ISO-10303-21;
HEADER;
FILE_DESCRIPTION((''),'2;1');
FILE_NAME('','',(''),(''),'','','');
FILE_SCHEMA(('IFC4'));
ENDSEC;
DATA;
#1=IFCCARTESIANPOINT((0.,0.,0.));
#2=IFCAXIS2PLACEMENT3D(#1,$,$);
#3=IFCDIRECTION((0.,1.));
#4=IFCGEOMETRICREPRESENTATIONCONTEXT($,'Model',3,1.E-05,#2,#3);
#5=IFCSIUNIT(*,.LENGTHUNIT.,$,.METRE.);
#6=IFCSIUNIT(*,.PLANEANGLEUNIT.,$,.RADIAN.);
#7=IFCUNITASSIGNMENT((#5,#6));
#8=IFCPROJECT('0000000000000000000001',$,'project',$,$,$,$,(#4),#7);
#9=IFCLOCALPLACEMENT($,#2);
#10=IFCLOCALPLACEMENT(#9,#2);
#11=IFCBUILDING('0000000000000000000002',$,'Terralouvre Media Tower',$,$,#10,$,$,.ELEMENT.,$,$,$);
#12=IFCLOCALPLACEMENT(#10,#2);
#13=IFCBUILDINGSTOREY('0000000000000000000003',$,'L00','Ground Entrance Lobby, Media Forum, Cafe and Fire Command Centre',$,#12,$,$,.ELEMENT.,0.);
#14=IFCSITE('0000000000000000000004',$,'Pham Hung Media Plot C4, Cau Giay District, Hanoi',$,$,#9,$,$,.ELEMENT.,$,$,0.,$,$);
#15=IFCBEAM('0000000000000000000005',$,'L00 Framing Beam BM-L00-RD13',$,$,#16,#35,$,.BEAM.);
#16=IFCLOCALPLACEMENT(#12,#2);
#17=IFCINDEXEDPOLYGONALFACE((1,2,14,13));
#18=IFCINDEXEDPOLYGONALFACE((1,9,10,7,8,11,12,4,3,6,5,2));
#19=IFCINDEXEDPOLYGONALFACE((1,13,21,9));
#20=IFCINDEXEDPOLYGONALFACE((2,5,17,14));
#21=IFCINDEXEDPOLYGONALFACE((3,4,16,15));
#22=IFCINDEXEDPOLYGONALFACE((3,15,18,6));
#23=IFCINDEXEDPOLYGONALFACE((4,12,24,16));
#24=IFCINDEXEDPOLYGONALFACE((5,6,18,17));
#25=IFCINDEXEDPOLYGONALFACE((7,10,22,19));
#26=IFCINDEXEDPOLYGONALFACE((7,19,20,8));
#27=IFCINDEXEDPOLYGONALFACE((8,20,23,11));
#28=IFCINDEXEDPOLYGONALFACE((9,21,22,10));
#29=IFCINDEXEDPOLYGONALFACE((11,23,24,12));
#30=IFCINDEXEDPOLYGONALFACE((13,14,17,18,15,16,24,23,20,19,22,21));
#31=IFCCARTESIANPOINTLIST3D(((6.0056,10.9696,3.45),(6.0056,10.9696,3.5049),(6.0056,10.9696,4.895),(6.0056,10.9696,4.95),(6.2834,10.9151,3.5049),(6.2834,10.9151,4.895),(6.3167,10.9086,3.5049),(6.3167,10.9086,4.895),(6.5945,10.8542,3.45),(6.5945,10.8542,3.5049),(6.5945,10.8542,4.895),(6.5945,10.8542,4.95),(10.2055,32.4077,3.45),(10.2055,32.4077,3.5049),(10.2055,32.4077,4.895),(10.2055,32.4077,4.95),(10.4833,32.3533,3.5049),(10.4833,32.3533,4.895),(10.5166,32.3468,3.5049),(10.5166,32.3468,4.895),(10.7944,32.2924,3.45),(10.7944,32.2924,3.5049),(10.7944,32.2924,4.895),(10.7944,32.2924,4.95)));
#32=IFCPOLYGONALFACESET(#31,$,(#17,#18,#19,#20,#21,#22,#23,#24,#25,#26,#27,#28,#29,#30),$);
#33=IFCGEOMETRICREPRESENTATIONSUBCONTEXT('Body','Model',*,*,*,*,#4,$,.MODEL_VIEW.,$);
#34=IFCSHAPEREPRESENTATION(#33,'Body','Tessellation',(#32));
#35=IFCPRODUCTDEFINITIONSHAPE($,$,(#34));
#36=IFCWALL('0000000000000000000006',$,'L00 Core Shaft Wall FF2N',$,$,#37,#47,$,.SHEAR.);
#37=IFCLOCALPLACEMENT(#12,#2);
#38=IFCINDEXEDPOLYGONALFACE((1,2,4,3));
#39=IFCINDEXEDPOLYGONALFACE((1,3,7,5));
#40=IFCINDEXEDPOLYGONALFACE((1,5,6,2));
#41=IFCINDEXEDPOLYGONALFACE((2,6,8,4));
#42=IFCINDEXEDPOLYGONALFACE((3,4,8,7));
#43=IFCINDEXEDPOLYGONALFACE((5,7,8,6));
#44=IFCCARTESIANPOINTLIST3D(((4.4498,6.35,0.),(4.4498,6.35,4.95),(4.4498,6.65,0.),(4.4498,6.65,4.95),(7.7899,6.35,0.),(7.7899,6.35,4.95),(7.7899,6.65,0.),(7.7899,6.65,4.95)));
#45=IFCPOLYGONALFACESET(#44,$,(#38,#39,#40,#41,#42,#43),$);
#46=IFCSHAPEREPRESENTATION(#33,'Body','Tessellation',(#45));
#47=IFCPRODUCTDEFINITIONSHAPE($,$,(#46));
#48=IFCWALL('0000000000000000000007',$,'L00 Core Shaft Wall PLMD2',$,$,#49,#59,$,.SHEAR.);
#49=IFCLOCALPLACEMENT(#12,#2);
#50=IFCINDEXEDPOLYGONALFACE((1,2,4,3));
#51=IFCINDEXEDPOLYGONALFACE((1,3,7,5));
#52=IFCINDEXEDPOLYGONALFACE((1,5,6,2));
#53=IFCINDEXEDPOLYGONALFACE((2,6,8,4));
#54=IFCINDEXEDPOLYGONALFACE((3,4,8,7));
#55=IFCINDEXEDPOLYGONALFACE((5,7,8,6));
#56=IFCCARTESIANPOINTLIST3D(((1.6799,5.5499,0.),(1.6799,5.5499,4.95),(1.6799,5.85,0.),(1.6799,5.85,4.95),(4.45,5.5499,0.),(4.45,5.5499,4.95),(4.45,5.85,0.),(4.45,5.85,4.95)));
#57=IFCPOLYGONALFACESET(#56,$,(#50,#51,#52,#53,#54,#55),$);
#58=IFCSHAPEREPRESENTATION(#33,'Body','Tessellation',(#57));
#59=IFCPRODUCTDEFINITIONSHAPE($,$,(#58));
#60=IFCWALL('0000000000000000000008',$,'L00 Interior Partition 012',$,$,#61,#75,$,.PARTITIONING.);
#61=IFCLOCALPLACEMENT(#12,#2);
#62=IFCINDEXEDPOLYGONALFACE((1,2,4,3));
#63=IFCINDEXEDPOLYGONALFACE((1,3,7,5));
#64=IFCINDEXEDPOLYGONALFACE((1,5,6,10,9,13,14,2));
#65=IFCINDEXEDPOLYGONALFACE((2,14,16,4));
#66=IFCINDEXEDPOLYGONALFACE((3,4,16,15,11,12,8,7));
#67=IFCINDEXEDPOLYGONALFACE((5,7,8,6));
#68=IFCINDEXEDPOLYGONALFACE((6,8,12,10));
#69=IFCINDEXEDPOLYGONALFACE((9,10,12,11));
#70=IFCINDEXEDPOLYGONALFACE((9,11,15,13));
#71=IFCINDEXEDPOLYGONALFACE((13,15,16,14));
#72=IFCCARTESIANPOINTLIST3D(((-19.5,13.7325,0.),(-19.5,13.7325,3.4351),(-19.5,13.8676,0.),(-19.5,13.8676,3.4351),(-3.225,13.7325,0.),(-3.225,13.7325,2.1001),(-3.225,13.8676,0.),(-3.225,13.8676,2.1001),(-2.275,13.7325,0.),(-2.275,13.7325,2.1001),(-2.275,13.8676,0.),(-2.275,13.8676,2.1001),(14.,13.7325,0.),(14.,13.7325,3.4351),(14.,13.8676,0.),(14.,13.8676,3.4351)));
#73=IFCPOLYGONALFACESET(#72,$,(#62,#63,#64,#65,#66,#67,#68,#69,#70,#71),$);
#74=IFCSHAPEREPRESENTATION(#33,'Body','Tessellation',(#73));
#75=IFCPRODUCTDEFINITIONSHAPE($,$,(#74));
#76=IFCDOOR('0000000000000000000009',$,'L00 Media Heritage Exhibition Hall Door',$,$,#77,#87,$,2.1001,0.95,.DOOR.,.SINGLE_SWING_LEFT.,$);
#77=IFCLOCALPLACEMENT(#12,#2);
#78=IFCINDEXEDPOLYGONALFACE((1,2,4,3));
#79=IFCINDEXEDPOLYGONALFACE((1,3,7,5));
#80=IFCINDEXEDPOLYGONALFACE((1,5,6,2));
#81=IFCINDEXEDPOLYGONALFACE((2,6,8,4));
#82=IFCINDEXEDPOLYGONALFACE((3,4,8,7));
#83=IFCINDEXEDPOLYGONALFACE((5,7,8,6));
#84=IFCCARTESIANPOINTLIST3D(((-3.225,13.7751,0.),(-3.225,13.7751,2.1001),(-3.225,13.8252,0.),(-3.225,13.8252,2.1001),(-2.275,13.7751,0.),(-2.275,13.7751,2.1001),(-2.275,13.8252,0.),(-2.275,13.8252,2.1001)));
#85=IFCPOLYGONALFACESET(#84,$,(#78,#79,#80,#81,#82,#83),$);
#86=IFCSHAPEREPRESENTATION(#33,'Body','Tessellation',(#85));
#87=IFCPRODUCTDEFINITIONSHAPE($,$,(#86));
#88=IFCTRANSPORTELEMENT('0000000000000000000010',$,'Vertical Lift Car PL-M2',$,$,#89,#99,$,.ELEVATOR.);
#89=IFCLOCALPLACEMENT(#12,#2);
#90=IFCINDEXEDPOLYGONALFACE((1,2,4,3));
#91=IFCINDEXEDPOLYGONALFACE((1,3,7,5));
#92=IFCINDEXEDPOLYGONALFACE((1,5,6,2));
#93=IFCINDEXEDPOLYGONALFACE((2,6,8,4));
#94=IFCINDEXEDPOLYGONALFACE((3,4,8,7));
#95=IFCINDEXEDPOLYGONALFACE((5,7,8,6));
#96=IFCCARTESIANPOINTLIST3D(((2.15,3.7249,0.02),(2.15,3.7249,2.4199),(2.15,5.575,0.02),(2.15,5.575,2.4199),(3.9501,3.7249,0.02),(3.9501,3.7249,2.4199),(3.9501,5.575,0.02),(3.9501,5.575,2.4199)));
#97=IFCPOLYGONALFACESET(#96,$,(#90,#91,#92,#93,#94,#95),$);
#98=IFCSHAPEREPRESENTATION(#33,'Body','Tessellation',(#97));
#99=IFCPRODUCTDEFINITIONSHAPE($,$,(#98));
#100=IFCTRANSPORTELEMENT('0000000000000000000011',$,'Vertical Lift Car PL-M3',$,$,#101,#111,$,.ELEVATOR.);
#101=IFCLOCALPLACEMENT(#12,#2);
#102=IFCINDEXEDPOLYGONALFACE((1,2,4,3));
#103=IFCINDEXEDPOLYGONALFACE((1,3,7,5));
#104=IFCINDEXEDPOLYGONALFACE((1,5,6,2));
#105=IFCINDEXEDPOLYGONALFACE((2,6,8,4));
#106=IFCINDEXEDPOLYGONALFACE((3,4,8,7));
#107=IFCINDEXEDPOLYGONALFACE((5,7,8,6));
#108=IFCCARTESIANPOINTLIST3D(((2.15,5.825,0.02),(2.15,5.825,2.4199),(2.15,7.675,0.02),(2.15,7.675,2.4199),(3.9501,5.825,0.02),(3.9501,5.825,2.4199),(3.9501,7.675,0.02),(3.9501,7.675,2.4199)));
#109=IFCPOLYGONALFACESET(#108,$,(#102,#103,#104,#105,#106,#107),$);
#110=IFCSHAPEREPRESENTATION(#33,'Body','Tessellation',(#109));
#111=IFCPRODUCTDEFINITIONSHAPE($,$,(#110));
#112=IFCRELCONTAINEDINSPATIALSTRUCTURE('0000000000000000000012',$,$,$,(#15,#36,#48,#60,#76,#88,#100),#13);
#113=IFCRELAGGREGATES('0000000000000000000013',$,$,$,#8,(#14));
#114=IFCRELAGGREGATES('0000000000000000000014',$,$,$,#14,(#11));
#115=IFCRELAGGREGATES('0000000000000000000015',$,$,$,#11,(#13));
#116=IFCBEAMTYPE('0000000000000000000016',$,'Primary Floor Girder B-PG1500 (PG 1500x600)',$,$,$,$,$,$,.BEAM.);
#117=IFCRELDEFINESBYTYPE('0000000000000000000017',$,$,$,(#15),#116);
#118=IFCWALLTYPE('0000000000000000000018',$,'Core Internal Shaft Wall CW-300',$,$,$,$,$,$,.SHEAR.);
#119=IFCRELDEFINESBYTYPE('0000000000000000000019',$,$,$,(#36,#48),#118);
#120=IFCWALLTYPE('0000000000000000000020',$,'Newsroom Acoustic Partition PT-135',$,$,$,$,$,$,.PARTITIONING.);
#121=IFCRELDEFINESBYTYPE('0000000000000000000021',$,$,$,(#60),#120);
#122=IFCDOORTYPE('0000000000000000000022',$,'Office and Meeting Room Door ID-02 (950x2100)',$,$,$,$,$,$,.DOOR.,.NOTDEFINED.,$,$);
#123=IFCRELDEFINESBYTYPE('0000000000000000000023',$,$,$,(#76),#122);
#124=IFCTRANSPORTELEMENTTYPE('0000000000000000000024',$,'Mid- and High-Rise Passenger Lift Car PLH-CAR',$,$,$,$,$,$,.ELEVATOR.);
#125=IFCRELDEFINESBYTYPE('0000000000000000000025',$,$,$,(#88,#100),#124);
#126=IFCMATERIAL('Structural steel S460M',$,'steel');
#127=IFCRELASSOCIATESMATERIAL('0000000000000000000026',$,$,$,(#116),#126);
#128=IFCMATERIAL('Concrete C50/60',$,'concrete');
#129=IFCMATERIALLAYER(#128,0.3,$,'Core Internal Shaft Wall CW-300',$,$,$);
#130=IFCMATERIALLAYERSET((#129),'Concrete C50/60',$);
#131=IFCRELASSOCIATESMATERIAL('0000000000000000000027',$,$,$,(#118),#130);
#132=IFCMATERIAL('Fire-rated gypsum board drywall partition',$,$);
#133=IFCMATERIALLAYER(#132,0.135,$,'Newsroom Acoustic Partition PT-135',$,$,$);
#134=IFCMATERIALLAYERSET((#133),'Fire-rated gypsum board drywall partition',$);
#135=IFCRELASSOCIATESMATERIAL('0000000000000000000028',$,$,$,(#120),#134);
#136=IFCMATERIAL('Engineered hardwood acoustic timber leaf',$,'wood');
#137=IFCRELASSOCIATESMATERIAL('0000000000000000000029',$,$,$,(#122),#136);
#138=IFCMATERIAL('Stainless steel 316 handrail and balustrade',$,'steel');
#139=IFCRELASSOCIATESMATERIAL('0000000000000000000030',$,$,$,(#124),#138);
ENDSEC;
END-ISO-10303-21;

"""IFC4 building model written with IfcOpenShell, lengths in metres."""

from ifc_helpers import new_model, si_unit, direction, frame, frame_2d, origin, origin_2d, place, context, subcontext, project, spatial, rectangle, i_section, extrude, material, layer, layer_set, material_profile, profile_set, type_object, element, fill, save


model = new_model("IFC4")

# Units and contexts
model_context = context("Model", 3, precision=1e-05, world=origin(), true_north=direction((0.0, 1.0)))
body_context = subcontext(model_context, "Body", "Model", "MODEL_VIEW")
ifc_project = project(units=[si_unit("LENGTHUNIT", "METRE"), si_unit("PLANEANGLEUNIT", "RADIAN")], contexts=[model_context])

# Site, building, storey
site_placement = place(None, origin())
site = spatial("IfcSite", under=ifc_project, at=site_placement, Name="Pham Hung Media Plot C4, Cau Giay District, Hanoi", CompositionType="ELEMENT", RefElevation=0.0)
building_placement = place(site_placement, origin())
building = spatial("IfcBuilding", under=site, at=building_placement, Name="Terralouvre Media Tower", CompositionType="ELEMENT")
storey_placement = place(building_placement, origin())
storey = spatial("IfcBuildingStorey", under=building, at=storey_placement, Name="L00", Description="Ground Entrance Lobby, Media Forum, Cafe and Fire Command Centre", CompositionType="ELEMENT", Elevation=0.0)

# Beam
ifc_material_1 = material(Name="Structural steel S460M", Category="steel")
ifc_material_profile_1 = material_profile(ifc_material_1, i_section(OverallWidth=0.6001, OverallDepth=1.5, WebThickness=0.0339, FlangeThickness=0.0549, at=origin_2d()), Name="PG 1500x600")
ifc_profile_set_1 = profile_set([ifc_material_profile_1], Name="Structural steel S460M")
beam_type_1 = type_object("IfcBeamType", Name="Primary Floor Girder B-PG1500 (PG 1500x600)", PredefinedType="BEAM", material=ifc_profile_set_1)
beam_1_placement = place(storey_placement, frame((6.3, 10.9119, 4.2), z_axis=(0.192255, 0.981345, 0.0), x_axis=(-0.981345, 0.192255, 0.0)))
element("IfcBeam", 1, at=beam_1_placement, inside=storey, type_object=beam_type_1, Name="L00 Framing Beam BM-L00-RD13", PredefinedType="BEAM", context=body_context, shape_type="SweptSolid", body=[
    extrude(i_section(OverallWidth=0.6001, OverallDepth=1.5, WebThickness=0.0339, FlangeThickness=0.0549, at=origin_2d()), origin(), (0.0, 0.0, 1.0), 21.8457),
])

# Walls
ifc_material_2 = material(Name="Concrete C50/60", Category="concrete")
ifc_layer_1 = layer(ifc_material_2, 0.3, Name="Core Internal Shaft Wall CW-300")
ifc_layer_set_1 = layer_set([ifc_layer_1], Name="Concrete C50/60")
wall_type_1 = type_object("IfcWallType", Name="Core Internal Shaft Wall CW-300", PredefinedType="SHEAR", material=ifc_layer_set_1)
wall_1_placement = place(storey_placement, frame((4.45, 6.5, 0.0), z_axis=(0.0, 0.0, 1.0), x_axis=(1.0, 0.0, 0.0)))
element("IfcWall", 2, at=wall_1_placement, inside=storey, type_object=wall_type_1, Name="L00 Core Shaft Wall FF2N", PredefinedType="SHEAR", context=body_context, shape_type="SweptSolid", body=[
    extrude(rectangle(XDim=3.3401, YDim=0.3, at=frame_2d((1.6699, 0.0))), origin(), (0.0, 0.0, 1.0), 4.95),
])
wall_2_placement = place(storey_placement, frame((1.6799, 5.7, 0.0), z_axis=(0.0, 0.0, 1.0), x_axis=(1.0, 0.0, 0.0)))
element("IfcWall", 3, at=wall_2_placement, inside=storey, type_object=wall_type_1, Name="L00 Core Shaft Wall PLMD2", PredefinedType="SHEAR", context=body_context, shape_type="SweptSolid", body=[
    extrude(rectangle(XDim=2.77, YDim=0.3, at=frame_2d((1.385, 0.0))), origin(), (0.0, 0.0, 1.0), 4.95),
])

# Wall, opening, door
ifc_material_3 = material(Name="Fire-rated gypsum board drywall partition")
ifc_layer_2 = layer(ifc_material_3, 0.135, Name="Newsroom Acoustic Partition PT-135")
ifc_layer_set_2 = layer_set([ifc_layer_2], Name="Fire-rated gypsum board drywall partition")
wall_type_2 = type_object("IfcWallType", Name="Newsroom Acoustic Partition PT-135", PredefinedType="PARTITIONING", material=ifc_layer_set_2)
wall_3_placement = place(storey_placement, frame((14.0, 13.8, 0.0), z_axis=(0.0, 0.0, 1.0), x_axis=(-1.0, 0.0, 0.0)))
wall_3 = element("IfcWall", 4, at=wall_3_placement, inside=storey, type_object=wall_type_2, Name="L00 Interior Partition 012", PredefinedType="PARTITIONING", context=body_context, shape_type="SweptSolid", body=[
    extrude(rectangle(XDim=33.5, YDim=0.135, at=frame_2d((16.75, 0.0))), origin(), (0.0, 0.0, 1.0), 3.4351),
])
opening_placement = place(wall_3_placement, frame((16.2749, 0.0, 0.0)))
opening = element("IfcOpeningElement", 5, at=opening_placement, cuts=wall_3, PredefinedType="OPENING", context=body_context, shape_type="SweptSolid", body=[
    extrude(rectangle(XDim=0.95, YDim=2.1001, at=frame_2d((0.4751, 1.05))), frame((0.0, 0.0774, 0.0), z_axis=(0.0, -1.0, 0.0), x_axis=(1.0, 0.0, 0.0)), (0.0, 0.0, 1.0), 0.155),
])
ifc_material_4 = material(Name="Engineered hardwood acoustic timber leaf", Category="wood")
door_type = type_object("IfcDoorType", Name="Office and Meeting Room Door ID-02 (950x2100)", OperationType="NOTDEFINED", PredefinedType="DOOR", material=ifc_material_4)
door_placement = place(opening_placement, origin())
door = element("IfcDoor", 6, at=door_placement, inside=storey, type_object=door_type, Name="L00 Media Heritage Exhibition Hall Door", OperationType="SINGLE_SWING_LEFT", OverallHeight=2.1001, OverallWidth=0.95, PredefinedType="DOOR", context=body_context, shape_type="SweptSolid", body=[
    extrude(rectangle(XDim=0.95, YDim=2.1001, at=frame_2d((0.4751, 1.05))), frame((0.0, 0.0249, 0.0), z_axis=(0.0, -1.0, 0.0), x_axis=(1.0, 0.0, 0.0)), (0.0, 0.0, 1.0), 0.05),
])
fill(opening, door)

# Transport elements
ifc_material_5 = material(Name="Stainless steel 316 handrail and balustrade", Category="steel")
transport_element_type = type_object("IfcTransportElementType", Name="Mid- and High-Rise Passenger Lift Car PLH-CAR", PredefinedType="ELEVATOR", material=ifc_material_5)
for number, where, z_axis, x_axis, name in (
    (7, (3.05, 4.6499, 0.02), (0.0, 0.0, 1.0), (1.0, 0.0, 0.0), "Vertical Lift Car PL-M2"),
    (8, (3.05, 6.75, 0.02), (0.0, 0.0, 1.0), (1.0, 0.0, 0.0), "Vertical Lift Car PL-M3"),
):
    element("IfcTransportElement", number, at=place(storey_placement, frame(where, z_axis=z_axis, x_axis=x_axis)), inside=storey, type_object=transport_element_type, Name=name, PredefinedType="ELEVATOR", context=body_context, shape_type="SweptSolid", body=[
        extrude(rectangle(XDim=1.8, YDim=1.8501, at=origin_2d()), origin(), (0.0, 0.0, 1.0), 2.3999),
    ])

save(model, "model.ifc")
